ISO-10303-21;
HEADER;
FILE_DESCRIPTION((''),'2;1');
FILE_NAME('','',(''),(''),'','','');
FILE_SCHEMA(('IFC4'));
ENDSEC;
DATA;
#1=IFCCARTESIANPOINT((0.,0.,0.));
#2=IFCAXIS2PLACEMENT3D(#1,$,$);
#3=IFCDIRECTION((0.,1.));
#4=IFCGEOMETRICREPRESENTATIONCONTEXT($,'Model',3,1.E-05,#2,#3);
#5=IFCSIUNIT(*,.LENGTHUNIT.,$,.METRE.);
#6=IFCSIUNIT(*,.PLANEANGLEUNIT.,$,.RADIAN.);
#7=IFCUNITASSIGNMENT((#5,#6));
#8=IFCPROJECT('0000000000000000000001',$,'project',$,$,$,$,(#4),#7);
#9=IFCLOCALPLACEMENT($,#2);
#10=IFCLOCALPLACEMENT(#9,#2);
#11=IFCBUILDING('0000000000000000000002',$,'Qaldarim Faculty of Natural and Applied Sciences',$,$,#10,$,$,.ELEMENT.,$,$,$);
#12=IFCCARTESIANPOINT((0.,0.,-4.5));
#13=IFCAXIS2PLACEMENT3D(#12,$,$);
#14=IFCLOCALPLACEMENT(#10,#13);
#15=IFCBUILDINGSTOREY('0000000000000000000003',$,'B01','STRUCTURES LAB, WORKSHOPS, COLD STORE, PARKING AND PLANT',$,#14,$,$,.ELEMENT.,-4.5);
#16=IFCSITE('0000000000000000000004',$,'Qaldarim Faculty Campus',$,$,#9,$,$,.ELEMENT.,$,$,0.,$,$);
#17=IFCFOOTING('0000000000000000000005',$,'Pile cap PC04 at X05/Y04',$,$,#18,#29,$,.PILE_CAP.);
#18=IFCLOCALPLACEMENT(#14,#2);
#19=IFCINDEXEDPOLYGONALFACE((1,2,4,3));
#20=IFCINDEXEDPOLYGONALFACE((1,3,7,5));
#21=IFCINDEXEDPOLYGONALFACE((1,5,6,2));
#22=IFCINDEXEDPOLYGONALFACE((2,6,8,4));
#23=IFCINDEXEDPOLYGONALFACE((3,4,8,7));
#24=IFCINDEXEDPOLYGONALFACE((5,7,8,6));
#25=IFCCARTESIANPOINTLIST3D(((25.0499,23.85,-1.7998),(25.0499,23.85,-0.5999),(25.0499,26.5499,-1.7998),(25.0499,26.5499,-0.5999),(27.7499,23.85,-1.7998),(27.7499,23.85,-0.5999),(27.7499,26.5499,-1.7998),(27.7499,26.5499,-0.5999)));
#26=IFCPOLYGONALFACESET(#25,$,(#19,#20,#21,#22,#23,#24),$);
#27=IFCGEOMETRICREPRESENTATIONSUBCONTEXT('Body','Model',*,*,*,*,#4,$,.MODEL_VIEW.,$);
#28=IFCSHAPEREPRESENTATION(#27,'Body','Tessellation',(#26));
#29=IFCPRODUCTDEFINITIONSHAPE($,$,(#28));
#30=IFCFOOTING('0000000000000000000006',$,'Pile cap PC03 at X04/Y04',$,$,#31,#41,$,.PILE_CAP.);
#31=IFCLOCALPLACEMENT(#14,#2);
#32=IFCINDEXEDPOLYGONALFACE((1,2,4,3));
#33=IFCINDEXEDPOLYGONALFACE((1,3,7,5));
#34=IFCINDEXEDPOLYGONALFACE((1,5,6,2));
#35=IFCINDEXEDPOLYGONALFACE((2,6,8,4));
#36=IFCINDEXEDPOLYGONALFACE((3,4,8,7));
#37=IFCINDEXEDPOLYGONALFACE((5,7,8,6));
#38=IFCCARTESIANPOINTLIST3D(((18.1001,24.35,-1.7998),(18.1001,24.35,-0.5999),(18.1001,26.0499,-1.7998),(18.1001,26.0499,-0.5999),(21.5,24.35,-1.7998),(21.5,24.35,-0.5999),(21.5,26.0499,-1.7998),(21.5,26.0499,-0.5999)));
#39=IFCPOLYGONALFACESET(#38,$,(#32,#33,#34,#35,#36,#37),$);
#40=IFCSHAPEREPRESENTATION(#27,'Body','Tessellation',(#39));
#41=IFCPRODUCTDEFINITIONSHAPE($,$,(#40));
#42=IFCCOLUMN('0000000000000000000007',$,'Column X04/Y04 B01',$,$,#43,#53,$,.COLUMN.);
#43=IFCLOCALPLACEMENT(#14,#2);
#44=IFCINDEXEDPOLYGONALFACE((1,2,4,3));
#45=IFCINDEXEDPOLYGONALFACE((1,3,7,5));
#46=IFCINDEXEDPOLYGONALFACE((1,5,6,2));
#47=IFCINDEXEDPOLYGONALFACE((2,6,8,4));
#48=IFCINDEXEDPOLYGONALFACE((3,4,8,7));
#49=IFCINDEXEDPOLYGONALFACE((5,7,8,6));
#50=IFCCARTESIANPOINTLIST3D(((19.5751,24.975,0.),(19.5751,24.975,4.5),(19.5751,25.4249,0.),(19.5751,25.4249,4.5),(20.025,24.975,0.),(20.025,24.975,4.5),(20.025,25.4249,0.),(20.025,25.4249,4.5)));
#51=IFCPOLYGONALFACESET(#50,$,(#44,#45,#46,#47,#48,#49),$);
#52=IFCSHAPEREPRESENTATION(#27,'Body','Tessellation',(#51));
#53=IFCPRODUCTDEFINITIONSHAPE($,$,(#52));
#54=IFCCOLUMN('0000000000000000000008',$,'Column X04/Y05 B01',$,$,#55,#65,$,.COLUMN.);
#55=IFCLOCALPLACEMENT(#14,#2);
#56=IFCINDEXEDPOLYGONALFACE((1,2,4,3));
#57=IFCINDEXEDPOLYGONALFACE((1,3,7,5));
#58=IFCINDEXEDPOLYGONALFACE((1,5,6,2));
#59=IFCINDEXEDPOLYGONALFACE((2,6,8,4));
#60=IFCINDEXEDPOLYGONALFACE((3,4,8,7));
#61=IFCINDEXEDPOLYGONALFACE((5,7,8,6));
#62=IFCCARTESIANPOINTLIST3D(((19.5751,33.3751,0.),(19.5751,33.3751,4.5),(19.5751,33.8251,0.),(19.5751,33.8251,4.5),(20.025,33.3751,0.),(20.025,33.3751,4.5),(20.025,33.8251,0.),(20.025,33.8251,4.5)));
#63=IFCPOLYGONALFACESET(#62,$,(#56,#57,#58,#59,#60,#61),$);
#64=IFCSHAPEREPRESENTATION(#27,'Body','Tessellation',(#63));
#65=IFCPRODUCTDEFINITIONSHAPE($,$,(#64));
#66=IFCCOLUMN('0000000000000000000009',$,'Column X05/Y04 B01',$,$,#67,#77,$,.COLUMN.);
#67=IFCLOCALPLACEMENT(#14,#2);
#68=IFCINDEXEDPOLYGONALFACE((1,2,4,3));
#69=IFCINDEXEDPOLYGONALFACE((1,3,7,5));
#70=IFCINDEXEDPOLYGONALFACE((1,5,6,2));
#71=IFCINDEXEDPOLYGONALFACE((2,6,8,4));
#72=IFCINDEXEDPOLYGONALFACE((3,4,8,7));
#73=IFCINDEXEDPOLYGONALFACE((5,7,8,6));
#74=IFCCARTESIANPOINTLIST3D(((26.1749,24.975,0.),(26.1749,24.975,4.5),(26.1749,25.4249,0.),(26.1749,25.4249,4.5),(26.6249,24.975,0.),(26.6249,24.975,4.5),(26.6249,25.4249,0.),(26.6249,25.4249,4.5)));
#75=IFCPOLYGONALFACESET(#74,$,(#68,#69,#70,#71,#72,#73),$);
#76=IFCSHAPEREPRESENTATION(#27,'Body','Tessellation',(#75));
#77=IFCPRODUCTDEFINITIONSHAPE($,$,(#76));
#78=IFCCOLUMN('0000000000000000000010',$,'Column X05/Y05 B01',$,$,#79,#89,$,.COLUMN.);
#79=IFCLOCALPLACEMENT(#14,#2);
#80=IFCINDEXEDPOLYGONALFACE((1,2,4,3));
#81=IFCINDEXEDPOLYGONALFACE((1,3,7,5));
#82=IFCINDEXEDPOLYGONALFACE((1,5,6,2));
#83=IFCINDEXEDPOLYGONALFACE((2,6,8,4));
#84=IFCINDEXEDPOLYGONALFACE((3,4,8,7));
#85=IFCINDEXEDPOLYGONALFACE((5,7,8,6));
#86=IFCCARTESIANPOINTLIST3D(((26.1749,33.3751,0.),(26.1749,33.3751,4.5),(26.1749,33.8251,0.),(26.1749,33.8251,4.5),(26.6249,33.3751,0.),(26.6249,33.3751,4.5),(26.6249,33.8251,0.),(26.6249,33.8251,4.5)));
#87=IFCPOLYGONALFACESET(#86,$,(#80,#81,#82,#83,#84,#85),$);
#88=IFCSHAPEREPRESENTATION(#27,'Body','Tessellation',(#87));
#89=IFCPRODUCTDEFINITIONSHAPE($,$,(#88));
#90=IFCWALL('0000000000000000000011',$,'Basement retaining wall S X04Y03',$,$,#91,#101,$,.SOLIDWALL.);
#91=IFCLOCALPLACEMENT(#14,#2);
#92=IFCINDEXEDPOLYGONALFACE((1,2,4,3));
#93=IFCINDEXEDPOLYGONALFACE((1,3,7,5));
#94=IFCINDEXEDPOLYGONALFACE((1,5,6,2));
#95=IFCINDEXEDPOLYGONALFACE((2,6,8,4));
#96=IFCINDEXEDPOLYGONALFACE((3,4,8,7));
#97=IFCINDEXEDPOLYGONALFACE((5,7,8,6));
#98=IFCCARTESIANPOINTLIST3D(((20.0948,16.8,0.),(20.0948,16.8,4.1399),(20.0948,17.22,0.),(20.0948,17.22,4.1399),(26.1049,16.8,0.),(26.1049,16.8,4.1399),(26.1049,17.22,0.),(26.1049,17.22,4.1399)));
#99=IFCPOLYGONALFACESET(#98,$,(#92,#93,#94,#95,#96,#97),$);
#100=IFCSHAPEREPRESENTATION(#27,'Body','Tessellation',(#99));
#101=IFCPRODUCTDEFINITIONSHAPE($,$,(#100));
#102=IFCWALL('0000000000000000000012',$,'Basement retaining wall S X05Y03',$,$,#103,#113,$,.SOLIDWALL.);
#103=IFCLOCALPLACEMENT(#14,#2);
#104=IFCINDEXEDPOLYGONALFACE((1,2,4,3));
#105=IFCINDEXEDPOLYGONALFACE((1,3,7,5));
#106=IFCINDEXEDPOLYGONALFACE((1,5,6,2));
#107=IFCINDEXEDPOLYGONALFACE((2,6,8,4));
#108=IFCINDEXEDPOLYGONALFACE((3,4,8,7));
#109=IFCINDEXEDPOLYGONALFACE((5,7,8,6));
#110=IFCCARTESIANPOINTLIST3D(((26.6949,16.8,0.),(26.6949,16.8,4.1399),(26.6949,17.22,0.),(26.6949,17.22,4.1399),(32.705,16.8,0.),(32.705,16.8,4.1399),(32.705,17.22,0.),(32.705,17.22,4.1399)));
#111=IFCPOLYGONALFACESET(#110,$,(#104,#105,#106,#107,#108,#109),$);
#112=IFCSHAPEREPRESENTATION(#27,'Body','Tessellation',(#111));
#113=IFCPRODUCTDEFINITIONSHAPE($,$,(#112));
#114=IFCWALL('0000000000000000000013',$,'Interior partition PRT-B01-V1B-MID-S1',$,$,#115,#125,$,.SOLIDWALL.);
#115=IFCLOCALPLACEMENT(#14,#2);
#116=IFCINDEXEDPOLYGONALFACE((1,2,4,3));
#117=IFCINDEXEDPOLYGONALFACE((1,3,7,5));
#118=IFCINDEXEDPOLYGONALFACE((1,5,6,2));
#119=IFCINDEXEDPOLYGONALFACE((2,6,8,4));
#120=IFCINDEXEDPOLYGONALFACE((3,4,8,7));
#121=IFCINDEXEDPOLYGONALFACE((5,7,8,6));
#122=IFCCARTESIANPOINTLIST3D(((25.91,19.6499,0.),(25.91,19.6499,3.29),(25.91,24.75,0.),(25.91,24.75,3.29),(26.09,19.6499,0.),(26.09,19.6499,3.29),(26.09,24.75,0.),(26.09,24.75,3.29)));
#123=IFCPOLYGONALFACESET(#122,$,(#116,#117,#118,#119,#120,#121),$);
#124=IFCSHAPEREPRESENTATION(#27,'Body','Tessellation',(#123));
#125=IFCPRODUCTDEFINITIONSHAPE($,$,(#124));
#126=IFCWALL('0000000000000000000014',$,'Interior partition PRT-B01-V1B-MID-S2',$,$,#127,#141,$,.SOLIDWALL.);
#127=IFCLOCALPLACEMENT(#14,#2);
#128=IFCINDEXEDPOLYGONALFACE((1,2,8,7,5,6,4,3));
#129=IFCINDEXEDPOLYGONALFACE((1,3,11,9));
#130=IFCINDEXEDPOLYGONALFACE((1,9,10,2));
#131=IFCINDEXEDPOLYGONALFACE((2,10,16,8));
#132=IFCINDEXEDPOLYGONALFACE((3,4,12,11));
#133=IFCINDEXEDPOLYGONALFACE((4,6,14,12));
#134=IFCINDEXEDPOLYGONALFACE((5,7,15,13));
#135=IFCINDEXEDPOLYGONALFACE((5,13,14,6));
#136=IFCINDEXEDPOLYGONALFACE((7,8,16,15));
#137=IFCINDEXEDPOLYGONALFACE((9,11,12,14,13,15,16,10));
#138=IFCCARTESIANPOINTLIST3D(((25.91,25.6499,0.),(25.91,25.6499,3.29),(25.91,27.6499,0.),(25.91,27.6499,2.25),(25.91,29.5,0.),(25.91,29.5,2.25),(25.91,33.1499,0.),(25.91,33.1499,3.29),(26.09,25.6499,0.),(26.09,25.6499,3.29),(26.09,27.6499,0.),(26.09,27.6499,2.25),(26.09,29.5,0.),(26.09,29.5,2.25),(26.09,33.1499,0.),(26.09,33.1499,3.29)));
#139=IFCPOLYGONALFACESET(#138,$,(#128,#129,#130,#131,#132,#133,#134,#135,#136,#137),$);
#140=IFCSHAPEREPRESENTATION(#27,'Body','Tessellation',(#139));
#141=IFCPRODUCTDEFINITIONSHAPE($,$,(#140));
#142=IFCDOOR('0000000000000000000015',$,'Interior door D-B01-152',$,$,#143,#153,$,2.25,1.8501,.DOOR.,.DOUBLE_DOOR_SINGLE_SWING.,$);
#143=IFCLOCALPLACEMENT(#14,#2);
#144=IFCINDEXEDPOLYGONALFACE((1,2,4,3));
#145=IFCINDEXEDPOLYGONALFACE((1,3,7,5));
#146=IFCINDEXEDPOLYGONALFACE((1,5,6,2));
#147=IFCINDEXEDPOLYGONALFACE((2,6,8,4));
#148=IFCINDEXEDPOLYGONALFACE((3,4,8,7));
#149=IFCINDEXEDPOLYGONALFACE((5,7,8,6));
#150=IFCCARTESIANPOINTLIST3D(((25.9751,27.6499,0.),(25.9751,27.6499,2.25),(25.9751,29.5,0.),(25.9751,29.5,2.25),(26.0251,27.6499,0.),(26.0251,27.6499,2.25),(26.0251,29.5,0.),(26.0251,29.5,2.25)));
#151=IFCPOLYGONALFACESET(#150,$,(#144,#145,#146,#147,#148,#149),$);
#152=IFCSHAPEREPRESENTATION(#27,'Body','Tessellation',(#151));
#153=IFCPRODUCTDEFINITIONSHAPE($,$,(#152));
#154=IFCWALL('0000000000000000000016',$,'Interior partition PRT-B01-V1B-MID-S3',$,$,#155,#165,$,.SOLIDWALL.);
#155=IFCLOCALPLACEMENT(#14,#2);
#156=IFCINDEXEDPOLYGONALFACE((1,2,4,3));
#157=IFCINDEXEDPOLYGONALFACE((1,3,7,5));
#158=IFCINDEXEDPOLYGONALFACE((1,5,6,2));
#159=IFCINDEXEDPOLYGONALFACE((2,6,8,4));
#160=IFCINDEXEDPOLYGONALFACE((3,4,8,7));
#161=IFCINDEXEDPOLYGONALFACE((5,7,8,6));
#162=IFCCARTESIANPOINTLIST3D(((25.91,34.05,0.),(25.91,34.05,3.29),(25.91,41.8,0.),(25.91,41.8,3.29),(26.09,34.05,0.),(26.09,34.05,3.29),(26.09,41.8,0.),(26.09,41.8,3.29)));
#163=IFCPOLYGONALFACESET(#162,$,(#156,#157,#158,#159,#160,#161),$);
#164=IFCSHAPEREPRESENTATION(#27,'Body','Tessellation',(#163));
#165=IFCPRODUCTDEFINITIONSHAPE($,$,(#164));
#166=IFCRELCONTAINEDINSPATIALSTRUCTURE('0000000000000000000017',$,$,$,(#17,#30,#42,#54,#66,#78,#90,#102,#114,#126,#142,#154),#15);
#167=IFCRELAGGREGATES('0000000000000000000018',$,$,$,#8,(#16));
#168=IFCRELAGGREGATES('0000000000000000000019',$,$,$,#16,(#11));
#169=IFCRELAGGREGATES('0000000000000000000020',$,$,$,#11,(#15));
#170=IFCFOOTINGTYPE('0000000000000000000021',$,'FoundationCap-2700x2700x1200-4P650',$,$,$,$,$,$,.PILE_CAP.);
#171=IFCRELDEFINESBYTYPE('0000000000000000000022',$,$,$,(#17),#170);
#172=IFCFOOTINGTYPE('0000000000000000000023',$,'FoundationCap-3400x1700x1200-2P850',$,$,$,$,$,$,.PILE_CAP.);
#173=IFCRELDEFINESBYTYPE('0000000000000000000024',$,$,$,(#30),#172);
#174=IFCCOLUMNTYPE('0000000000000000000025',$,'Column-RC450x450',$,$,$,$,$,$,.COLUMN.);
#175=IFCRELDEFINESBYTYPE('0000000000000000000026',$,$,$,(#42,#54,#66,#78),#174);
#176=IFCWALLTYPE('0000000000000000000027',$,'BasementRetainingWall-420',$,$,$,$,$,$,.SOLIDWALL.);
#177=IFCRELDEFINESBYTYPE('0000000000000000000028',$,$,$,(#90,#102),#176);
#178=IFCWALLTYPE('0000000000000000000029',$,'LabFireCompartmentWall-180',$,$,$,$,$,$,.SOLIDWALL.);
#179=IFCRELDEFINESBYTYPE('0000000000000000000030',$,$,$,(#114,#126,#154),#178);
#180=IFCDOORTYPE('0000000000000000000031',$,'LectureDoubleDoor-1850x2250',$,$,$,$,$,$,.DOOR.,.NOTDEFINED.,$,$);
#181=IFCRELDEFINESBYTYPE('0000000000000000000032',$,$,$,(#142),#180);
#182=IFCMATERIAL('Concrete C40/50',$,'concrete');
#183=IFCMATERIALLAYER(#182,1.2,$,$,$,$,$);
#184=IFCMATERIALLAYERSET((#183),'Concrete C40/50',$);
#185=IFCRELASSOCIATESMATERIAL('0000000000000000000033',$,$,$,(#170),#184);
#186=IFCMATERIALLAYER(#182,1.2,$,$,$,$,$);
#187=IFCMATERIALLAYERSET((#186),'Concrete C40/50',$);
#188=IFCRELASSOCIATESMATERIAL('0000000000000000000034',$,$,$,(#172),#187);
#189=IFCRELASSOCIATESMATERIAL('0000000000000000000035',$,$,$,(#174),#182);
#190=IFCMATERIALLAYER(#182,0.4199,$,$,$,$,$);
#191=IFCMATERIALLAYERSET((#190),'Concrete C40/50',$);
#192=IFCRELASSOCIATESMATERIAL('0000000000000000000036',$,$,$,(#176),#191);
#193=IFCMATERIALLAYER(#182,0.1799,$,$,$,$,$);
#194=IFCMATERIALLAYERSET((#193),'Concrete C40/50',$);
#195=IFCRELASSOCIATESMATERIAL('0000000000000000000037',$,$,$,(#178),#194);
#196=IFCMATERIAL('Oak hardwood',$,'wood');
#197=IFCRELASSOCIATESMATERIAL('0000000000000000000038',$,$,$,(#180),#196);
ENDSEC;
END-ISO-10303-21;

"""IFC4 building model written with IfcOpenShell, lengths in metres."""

from ifc_helpers import new_model, si_unit, direction, frame, frame_2d, origin, origin_2d, place, context, subcontext, project, spatial, rectangle, extrude, material, layer, layer_set, material_profile, profile_set, type_object, element, fill, save


model = new_model("IFC4")

# Units and contexts
model_context = context("Model", 3, precision=1e-05, world=origin(), true_north=direction((0.0, 1.0)))
body_context = subcontext(model_context, "Body", "Model", "MODEL_VIEW")
ifc_project = project(units=[si_unit("LENGTHUNIT", "METRE"), si_unit("PLANEANGLEUNIT", "RADIAN")], contexts=[model_context])

# Site, building, storey
site_placement = place(None, origin())
site = spatial("IfcSite", under=ifc_project, at=site_placement, Name="Qaldarim Faculty Campus", CompositionType="ELEMENT", RefElevation=0.0)
building_placement = place(site_placement, origin())
building = spatial("IfcBuilding", under=site, at=building_placement, Name="Qaldarim Faculty of Natural and Applied Sciences", CompositionType="ELEMENT")
storey_placement = place(building_placement, frame((0.0, 0.0, -4.5)))
storey = spatial("IfcBuildingStorey", under=building, at=storey_placement, Name="B01", Description="STRUCTURES LAB, WORKSHOPS, COLD STORE, PARKING AND PLANT", CompositionType="ELEMENT", Elevation=-4.5)

# Shared definitions
ifc_material_1 = material(Name="Concrete C40/50", Category="concrete")

# Footings
ifc_layer_1 = layer(ifc_material_1, 1.2)
ifc_layer_set_1 = layer_set([ifc_layer_1], Name="Concrete C40/50")
footing_type_1 = type_object("IfcFootingType", Name="FoundationCap-2700x2700x1200-4P650", PredefinedType="PILE_CAP", material=ifc_layer_set_1)
for number, where, z_axis, x_axis, name in (
    (1, (26.3999, 25.2, -1.7998), (0.0, 0.0, 1.0), (1.0, 0.0, 0.0), "Pile cap PC04 at X05/Y04"),
):
    element("IfcFooting", number, at=place(storey_placement, frame(where, z_axis=z_axis, x_axis=x_axis)), inside=storey, type_object=footing_type_1, Name=name, PredefinedType="PILE_CAP", context=body_context, shape_type="SweptSolid", body=[
        extrude(rectangle(XDim=2.7, YDim=2.7, at=origin_2d()), origin(), (0.0, 0.0, 1.0), 1.2),
    ])
ifc_layer_2 = layer(ifc_material_1, 1.2)
ifc_layer_set_2 = layer_set([ifc_layer_2], Name="Concrete C40/50")
footing_type_2 = type_object("IfcFootingType", Name="FoundationCap-3400x1700x1200-2P850", PredefinedType="PILE_CAP", material=ifc_layer_set_2)
footing_1_placement = place(storey_placement, frame((19.8, 25.2, -1.7998), z_axis=(0.0, 0.0, 1.0), x_axis=(1.0, 0.0, 0.0)))
element("IfcFooting", 2, at=footing_1_placement, inside=storey, type_object=footing_type_2, Name="Pile cap PC03 at X04/Y04", PredefinedType="PILE_CAP", context=body_context, shape_type="SweptSolid", body=[
    extrude(rectangle(XDim=3.3999, YDim=1.7, at=origin_2d()), origin(), (0.0, 0.0, 1.0), 1.2),
])

# Columns
ifc_material_profile_1 = material_profile(ifc_material_1, rectangle(XDim=0.45, YDim=0.45, at=origin_2d()), Name="RC-C450x450")
ifc_profile_set_1 = profile_set([ifc_material_profile_1], Name="Concrete C40/50")
column_type = type_object("IfcColumnType", Name="Column-RC450x450", PredefinedType="COLUMN", material=ifc_profile_set_1)
for number, where, z_axis, x_axis, name in (
    (3, (19.8, 25.2, 0.0), (0.0, 0.0, 1.0), (1.0, 0.0, 0.0), "Column X04/Y04 B01"),
    (4, (19.8, 33.6001, 0.0), (0.0, 0.0, 1.0), (1.0, 0.0, 0.0), "Column X04/Y05 B01"),
    (5, (26.3999, 25.2, 0.0), (0.0, 0.0, 1.0), (1.0, 0.0, 0.0), "Column X05/Y04 B01"),
    (6, (26.3999, 33.6001, 0.0), (0.0, 0.0, 1.0), (1.0, 0.0, 0.0), "Column X05/Y05 B01"),
):
    element("IfcColumn", number, at=place(storey_placement, frame(where, z_axis=z_axis, x_axis=x_axis)), inside=storey, type_object=column_type, Name=name, PredefinedType="COLUMN", context=body_context, shape_type="SweptSolid", body=[
        extrude(rectangle(XDim=0.45, YDim=0.45, at=origin_2d()), origin(), (0.0, 0.0, 1.0), 4.5),
    ])

# Walls
ifc_layer_3 = layer(ifc_material_1, 0.4199)
ifc_layer_set_3 = layer_set([ifc_layer_3], Name="Concrete C40/50")
wall_type_1 = type_object("IfcWallType", Name="BasementRetainingWall-420", PredefinedType="SOLIDWALL", material=ifc_layer_set_3)
for number, where, z_axis, x_axis, name in (
    (7, (20.095, 17.01, 0.0), (0.0, 0.0, 1.0), (1.0, 0.0, 0.0), "Basement retaining wall S X04Y03"),
    (8, (26.6951, 17.01, 0.0), (0.0, 0.0, 1.0), (1.0, 0.0, 0.0), "Basement retaining wall S X05Y03"),
):
    element("IfcWall", number, at=place(storey_placement, frame(where, z_axis=z_axis, x_axis=x_axis)), inside=storey, type_object=wall_type_1, Name=name, PredefinedType="SOLIDWALL", context=body_context, shape_type="SweptSolid", body=[
        extrude(rectangle(XDim=6.01, YDim=0.4199, at=frame_2d((3.0049, 0.0))), origin(), (0.0, 0.0, 1.0), 4.1399),
    ])
ifc_layer_4 = layer(ifc_material_1, 0.1799)
ifc_layer_set_4 = layer_set([ifc_layer_4], Name="Concrete C40/50")
wall_type_2 = type_object("IfcWallType", Name="LabFireCompartmentWall-180", PredefinedType="SOLIDWALL", material=ifc_layer_set_4)
wall_1_placement = place(storey_placement, frame((26.0, 19.6499, 0.0), z_axis=(0.0, 0.0, 1.0), x_axis=(0.0, 1.0, 0.0)))
element("IfcWall", 9, at=wall_1_placement, inside=storey, type_object=wall_type_2, Name="Interior partition PRT-B01-V1B-MID-S1", PredefinedType="SOLIDWALL", context=body_context, shape_type="SweptSolid", body=[
    extrude(rectangle(XDim=5.1001, YDim=0.1799, at=frame_2d((2.55, 0.0))), origin(), (0.0, 0.0, 1.0), 3.29),
])

# Wall, opening, door
wall_2_placement = place(storey_placement, frame((26.0, 25.6499, 0.0), z_axis=(0.0, 0.0, 1.0), x_axis=(0.0, 1.0, 0.0)))
wall_2 = element("IfcWall", 10, at=wall_2_placement, inside=storey, type_object=wall_type_2, Name="Interior partition PRT-B01-V1B-MID-S2", PredefinedType="SOLIDWALL", context=body_context, shape_type="SweptSolid", body=[
    extrude(rectangle(XDim=7.5, YDim=0.1799, at=frame_2d((3.75, 0.0))), origin(), (0.0, 0.0, 1.0), 3.29),
])
opening_placement = place(wall_2_placement, frame((2.0, 0.0, 0.0)))
opening = element("IfcOpeningElement", 11, at=opening_placement, cuts=wall_2, PredefinedType="OPENING", context=body_context, shape_type="SweptSolid", body=[
    extrude(rectangle(XDim=1.8501, YDim=2.25, at=frame_2d((0.925, 1.125))), frame((0.0, 0.0999, 0.0), z_axis=(0.0, -1.0, 0.0), x_axis=(1.0, 0.0, 0.0)), (0.0, 0.0, 1.0), 0.2),
])
ifc_material_2 = material(Name="Oak hardwood", Category="wood")
door_type = type_object("IfcDoorType", Name="LectureDoubleDoor-1850x2250", OperationType="NOTDEFINED", PredefinedType="DOOR", material=ifc_material_2)
door_placement = place(opening_placement, origin())
door = element("IfcDoor", 12, at=door_placement, inside=storey, type_object=door_type, Name="Interior door D-B01-152", OperationType="DOUBLE_DOOR_SINGLE_SWING", OverallHeight=2.25, OverallWidth=1.8501, PredefinedType="DOOR", context=body_context, shape_type="SweptSolid", body=[
    extrude(rectangle(XDim=1.8501, YDim=2.25, at=frame_2d((0.925, 1.125))), frame((0.0, 0.0249, 0.0), z_axis=(0.0, -1.0, 0.0), x_axis=(1.0, 0.0, 0.0)), (0.0, 0.0, 1.0), 0.05),
])
fill(opening, door)

# Wall
wall_3_placement = place(storey_placement, frame((26.0, 34.05, 0.0), z_axis=(0.0, 0.0, 1.0), x_axis=(0.0, 1.0, 0.0)))
element("IfcWall", 13, at=wall_3_placement, inside=storey, type_object=wall_type_2, Name="Interior partition PRT-B01-V1B-MID-S3", PredefinedType="SOLIDWALL", context=body_context, shape_type="SweptSolid", body=[
    extrude(rectangle(XDim=7.75, YDim=0.1799, at=frame_2d((3.875, 0.0))), origin(), (0.0, 0.0, 1.0), 3.29),
])

save(model, "model.ifc")
